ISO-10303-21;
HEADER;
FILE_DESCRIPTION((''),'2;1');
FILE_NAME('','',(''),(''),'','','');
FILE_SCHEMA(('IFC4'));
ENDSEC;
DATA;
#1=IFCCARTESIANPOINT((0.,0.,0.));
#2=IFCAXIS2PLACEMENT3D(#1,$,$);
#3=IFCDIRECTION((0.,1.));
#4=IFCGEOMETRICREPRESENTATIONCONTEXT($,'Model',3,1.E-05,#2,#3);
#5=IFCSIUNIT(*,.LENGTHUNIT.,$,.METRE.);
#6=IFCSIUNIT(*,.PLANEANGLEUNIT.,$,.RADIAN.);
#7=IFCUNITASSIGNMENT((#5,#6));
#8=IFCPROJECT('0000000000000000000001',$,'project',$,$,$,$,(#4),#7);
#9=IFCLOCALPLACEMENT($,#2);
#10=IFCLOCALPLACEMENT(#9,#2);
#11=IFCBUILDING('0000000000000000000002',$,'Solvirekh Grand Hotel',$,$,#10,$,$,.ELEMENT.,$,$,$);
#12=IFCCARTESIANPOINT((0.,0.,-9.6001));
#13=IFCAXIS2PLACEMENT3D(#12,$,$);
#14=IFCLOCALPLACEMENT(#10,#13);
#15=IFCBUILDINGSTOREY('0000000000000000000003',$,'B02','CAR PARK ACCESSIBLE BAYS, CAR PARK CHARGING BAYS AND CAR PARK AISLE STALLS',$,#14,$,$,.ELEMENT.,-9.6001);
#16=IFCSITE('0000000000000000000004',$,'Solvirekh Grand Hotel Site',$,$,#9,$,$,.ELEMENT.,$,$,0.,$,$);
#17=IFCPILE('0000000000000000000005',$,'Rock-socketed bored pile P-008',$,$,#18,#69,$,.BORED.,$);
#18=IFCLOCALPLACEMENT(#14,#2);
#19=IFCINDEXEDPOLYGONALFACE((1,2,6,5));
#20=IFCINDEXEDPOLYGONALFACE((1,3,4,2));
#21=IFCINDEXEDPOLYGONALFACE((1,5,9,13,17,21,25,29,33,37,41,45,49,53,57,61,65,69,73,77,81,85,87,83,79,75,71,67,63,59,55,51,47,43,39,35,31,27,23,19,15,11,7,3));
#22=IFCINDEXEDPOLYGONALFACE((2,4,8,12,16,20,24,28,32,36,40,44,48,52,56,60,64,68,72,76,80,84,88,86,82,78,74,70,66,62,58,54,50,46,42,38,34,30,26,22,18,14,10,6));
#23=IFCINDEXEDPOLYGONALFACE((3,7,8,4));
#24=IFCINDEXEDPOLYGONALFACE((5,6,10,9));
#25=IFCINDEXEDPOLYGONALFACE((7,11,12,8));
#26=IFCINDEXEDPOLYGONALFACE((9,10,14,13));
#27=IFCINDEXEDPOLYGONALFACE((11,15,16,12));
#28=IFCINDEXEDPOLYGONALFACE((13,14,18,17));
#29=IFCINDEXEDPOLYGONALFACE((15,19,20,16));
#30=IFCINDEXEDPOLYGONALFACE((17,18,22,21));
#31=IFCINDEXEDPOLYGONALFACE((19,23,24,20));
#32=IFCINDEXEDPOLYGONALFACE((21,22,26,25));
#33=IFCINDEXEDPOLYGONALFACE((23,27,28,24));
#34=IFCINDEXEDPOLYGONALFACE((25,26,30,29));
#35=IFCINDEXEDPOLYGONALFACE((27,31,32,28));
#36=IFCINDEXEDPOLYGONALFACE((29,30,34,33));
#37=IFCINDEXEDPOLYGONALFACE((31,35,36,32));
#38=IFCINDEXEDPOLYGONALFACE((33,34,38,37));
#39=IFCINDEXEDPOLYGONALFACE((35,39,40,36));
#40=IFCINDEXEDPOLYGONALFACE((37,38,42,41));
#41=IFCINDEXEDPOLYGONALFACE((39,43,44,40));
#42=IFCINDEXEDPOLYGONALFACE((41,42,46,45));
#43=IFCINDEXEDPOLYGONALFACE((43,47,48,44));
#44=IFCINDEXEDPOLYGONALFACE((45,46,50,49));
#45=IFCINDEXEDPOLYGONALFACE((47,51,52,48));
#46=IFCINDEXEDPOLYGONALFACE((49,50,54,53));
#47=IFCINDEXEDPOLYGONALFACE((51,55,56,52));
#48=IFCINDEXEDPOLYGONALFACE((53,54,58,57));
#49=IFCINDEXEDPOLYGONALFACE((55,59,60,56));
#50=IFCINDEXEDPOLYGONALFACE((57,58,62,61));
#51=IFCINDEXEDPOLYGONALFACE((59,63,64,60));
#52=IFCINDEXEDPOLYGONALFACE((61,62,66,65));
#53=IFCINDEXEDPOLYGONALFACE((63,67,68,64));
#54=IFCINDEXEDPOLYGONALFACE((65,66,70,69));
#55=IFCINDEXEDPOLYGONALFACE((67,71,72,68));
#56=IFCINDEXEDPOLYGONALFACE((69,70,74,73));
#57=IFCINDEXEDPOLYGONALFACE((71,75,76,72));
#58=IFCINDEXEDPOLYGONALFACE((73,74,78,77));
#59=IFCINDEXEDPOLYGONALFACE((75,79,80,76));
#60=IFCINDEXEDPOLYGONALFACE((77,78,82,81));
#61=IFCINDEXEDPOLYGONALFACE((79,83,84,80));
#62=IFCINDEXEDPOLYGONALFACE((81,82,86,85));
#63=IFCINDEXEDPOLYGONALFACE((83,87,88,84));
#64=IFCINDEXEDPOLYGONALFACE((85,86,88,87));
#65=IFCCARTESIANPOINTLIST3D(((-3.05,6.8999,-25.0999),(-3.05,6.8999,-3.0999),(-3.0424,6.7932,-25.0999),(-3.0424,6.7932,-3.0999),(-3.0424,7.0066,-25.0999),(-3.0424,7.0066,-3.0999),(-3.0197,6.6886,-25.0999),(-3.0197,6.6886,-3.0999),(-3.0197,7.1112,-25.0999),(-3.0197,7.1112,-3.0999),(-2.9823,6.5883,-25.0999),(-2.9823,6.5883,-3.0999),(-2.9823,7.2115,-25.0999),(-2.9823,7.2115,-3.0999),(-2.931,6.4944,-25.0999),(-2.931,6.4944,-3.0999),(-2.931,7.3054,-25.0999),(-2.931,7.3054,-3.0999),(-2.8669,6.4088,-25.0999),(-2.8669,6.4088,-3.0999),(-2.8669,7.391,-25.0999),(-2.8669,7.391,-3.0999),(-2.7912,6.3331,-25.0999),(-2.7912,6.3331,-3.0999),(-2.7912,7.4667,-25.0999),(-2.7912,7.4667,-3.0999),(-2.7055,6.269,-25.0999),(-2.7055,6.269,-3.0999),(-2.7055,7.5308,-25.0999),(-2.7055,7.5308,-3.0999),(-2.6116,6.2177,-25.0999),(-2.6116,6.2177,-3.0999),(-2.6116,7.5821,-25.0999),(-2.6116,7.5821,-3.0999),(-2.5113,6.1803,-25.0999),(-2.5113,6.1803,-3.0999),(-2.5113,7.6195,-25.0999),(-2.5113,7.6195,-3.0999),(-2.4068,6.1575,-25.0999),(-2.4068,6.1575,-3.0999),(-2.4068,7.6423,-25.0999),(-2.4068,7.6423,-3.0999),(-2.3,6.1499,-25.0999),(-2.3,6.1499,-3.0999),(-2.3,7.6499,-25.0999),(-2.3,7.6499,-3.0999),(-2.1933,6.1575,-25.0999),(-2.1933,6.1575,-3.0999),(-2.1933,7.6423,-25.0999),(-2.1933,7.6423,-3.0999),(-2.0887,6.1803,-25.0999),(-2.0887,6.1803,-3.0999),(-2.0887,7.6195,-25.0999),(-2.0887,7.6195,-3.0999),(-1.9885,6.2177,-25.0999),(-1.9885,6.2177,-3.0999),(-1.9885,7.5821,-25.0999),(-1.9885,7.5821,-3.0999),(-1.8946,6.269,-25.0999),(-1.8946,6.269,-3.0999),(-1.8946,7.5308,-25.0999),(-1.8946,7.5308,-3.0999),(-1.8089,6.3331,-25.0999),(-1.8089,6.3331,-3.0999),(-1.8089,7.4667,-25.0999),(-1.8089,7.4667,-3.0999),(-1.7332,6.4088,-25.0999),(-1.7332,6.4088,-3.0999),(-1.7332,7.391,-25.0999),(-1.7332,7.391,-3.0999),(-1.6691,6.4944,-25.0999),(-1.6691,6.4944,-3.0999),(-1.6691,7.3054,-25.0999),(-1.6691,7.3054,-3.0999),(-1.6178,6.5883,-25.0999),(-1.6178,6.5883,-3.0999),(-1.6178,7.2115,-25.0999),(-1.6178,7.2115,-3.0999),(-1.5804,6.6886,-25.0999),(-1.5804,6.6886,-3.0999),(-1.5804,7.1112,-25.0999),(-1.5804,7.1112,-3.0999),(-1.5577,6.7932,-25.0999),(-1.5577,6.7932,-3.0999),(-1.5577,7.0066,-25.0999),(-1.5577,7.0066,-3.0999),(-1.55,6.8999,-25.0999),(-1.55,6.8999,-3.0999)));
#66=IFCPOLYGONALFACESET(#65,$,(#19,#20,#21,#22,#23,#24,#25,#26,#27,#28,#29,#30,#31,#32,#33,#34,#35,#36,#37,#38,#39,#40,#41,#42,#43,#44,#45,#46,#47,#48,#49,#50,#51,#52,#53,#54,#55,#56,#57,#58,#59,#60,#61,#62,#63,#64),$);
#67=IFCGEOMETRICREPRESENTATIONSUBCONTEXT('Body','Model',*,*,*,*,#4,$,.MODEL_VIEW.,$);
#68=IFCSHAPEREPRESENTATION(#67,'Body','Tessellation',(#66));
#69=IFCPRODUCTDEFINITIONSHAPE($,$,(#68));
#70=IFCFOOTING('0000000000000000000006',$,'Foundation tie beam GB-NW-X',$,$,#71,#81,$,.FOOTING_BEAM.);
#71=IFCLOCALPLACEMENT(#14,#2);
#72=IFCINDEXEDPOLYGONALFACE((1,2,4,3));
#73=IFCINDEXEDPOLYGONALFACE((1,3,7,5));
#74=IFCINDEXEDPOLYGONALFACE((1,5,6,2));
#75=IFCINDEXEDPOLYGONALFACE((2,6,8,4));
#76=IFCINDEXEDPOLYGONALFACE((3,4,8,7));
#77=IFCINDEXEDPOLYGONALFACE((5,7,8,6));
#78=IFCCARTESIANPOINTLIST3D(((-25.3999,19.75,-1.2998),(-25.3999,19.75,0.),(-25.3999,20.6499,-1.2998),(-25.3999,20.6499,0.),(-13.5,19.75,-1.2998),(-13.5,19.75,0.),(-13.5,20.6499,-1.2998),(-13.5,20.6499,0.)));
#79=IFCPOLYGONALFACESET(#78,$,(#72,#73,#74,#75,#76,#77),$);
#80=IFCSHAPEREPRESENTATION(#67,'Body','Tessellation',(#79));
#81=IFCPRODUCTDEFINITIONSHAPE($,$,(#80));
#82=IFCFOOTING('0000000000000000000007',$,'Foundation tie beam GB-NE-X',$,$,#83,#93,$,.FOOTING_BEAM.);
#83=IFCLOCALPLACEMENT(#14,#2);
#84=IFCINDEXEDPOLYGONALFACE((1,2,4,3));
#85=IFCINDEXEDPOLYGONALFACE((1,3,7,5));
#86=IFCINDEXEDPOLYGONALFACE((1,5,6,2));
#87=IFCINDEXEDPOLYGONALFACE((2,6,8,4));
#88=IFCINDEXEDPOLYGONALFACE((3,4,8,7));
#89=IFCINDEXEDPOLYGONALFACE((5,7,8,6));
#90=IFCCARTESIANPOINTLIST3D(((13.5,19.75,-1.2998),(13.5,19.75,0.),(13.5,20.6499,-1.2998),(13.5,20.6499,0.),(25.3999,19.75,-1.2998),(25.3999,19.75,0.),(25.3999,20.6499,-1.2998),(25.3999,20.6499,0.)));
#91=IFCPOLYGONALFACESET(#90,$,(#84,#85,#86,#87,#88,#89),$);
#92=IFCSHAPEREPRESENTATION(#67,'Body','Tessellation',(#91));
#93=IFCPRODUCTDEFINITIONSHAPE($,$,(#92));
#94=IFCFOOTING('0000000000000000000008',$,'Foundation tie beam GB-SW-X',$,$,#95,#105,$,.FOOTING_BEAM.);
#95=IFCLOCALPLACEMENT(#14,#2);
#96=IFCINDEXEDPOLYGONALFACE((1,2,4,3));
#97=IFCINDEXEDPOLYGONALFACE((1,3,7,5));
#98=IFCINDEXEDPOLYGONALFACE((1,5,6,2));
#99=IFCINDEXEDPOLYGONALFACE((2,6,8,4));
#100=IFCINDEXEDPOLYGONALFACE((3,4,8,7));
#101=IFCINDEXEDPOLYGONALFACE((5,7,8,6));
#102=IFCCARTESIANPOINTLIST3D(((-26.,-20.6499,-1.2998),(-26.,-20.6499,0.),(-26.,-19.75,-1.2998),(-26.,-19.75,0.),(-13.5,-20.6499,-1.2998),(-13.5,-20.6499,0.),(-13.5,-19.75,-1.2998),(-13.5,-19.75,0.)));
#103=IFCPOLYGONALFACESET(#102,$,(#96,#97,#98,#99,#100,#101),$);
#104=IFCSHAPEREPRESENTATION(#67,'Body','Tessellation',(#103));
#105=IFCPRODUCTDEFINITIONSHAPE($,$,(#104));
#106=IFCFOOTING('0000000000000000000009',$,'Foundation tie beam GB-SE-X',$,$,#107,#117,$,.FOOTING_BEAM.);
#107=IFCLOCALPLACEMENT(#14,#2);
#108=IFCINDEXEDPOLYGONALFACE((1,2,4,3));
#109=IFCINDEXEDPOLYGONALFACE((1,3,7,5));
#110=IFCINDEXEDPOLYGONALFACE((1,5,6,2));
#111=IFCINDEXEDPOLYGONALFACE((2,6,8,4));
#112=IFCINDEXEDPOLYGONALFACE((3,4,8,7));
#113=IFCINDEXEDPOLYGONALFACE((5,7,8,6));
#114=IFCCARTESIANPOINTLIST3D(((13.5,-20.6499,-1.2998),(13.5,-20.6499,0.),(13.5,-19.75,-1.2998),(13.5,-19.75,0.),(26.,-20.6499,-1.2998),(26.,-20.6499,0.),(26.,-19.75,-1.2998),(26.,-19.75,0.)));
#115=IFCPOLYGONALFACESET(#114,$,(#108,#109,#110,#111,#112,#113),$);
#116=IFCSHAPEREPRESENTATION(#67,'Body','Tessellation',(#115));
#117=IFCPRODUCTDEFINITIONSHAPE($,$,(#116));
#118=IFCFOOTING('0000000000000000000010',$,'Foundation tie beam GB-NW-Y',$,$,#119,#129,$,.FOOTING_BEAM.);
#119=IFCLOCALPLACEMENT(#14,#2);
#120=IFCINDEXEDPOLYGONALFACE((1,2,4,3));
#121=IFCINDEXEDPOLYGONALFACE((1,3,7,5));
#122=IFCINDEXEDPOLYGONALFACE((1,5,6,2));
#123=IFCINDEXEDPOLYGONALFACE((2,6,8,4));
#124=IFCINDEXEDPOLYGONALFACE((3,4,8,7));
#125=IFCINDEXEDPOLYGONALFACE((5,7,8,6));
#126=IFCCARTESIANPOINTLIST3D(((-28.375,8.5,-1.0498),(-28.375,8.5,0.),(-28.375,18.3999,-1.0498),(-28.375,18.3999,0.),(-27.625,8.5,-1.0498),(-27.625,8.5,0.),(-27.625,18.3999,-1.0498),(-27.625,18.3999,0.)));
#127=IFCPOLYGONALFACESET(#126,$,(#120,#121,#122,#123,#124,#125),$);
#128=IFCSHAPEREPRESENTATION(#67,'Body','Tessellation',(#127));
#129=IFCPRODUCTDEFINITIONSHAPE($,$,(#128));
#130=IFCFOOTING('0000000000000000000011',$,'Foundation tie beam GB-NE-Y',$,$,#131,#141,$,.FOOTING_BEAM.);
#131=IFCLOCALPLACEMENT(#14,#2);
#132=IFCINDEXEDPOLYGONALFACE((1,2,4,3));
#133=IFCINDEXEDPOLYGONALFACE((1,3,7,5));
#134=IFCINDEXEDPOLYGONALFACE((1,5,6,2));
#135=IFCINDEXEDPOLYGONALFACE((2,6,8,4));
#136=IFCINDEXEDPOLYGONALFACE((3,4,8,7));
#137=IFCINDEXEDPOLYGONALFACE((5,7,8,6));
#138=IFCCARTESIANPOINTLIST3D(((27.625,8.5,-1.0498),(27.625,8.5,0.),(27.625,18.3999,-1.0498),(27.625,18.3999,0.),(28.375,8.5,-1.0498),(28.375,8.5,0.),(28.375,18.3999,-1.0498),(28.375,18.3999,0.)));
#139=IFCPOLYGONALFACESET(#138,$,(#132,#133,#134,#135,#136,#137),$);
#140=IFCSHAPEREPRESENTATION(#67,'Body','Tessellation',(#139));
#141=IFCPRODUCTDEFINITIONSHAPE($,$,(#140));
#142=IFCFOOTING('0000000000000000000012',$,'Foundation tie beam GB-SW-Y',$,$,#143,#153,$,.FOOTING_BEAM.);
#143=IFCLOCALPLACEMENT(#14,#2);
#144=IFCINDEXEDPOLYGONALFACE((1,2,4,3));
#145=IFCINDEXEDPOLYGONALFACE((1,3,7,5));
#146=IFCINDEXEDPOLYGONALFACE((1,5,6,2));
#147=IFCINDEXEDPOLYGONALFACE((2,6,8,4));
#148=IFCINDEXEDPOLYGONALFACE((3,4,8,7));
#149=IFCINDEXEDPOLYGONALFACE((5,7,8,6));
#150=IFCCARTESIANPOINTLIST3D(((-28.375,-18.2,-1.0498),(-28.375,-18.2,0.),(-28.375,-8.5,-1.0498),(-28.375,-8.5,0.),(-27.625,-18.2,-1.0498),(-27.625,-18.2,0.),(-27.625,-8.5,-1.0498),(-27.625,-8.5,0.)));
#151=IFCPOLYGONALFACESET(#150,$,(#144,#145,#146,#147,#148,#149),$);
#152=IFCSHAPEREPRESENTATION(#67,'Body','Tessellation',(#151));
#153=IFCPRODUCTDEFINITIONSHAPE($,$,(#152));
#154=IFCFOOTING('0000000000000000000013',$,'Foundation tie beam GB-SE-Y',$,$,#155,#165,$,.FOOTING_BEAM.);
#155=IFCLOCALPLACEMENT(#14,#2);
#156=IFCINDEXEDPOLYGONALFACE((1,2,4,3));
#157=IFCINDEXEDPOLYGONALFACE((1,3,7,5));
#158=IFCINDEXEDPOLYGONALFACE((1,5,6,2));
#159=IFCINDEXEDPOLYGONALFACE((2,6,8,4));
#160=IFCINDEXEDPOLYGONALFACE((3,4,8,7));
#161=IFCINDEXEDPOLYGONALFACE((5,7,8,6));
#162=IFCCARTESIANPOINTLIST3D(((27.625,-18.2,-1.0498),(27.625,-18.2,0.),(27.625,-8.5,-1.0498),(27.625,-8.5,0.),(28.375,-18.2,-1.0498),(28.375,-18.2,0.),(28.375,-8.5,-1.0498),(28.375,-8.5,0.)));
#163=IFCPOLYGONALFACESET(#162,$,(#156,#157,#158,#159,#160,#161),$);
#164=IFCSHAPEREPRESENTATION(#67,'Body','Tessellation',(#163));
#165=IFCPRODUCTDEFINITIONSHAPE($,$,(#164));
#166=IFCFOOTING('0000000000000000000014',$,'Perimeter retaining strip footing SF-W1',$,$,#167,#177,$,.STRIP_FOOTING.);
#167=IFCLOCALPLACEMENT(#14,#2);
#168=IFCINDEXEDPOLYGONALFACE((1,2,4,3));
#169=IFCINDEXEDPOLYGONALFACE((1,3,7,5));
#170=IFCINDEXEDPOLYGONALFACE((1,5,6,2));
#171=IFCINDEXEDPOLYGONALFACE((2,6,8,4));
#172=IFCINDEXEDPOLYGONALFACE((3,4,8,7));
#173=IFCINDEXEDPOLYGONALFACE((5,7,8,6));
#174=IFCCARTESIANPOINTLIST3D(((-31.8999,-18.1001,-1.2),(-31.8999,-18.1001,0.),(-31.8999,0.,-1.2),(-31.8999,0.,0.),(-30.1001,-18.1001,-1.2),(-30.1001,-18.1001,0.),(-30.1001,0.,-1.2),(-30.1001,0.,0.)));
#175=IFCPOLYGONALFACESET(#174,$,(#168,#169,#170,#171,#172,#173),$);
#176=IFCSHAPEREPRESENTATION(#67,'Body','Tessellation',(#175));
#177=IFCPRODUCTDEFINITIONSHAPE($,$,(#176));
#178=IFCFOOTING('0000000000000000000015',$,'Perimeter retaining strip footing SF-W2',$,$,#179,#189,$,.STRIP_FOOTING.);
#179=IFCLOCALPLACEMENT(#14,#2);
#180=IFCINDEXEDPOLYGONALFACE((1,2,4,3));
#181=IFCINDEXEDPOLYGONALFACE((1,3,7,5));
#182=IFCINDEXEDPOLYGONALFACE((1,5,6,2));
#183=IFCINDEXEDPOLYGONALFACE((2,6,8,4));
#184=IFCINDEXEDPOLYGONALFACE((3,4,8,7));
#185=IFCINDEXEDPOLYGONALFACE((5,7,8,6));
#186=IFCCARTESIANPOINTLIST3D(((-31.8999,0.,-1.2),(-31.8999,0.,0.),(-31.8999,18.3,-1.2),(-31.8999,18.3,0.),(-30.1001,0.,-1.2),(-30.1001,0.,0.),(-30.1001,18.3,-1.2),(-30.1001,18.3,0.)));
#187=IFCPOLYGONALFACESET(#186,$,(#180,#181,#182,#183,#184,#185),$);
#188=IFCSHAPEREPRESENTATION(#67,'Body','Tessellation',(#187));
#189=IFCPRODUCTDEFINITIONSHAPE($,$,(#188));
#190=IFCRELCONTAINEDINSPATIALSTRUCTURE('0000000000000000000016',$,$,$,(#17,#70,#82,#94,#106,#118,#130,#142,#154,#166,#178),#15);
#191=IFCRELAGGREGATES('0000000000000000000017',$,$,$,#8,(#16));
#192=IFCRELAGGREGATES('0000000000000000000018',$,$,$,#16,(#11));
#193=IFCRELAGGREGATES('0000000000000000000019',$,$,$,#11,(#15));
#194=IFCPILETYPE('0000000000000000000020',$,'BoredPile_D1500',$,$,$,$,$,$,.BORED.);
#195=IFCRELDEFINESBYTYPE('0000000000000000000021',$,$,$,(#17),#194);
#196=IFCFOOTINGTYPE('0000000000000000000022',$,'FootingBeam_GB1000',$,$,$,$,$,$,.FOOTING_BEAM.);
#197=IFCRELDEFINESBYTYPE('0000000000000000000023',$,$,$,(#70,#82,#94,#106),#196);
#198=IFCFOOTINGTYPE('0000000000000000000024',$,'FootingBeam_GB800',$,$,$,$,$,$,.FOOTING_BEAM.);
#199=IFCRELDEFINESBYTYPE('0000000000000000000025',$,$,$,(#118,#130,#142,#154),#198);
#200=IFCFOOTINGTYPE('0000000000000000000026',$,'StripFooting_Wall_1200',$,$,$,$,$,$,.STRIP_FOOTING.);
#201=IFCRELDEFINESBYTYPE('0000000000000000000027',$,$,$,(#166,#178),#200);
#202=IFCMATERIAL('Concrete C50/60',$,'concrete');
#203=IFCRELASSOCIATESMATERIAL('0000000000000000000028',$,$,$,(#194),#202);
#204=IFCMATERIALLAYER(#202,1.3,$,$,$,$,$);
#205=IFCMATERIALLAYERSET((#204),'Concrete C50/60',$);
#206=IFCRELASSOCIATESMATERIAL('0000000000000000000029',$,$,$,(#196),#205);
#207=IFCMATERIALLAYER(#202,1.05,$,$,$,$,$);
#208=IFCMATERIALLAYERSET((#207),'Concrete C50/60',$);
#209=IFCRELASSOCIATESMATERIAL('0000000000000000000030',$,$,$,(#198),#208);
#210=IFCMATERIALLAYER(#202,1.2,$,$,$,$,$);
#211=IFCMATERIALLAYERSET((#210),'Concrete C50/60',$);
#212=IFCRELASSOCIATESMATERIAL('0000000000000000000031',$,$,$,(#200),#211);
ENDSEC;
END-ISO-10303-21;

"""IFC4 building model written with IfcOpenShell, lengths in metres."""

from ifc_helpers import new_model, si_unit, direction, frame, origin, origin_2d, place, context, subcontext, project, spatial, polyline, circle, outline, extrude, material, layer, layer_set, material_profile, profile_set, type_object, element, save


model = new_model("IFC4")

# Units and contexts
model_context = context("Model", 3, precision=1e-05, world=origin(), true_north=direction((0.0, 1.0)))
body_context = subcontext(model_context, "Body", "Model", "MODEL_VIEW")
ifc_project = project(units=[si_unit("LENGTHUNIT", "METRE"), si_unit("PLANEANGLEUNIT", "RADIAN")], contexts=[model_context])

# Site, building, storey
site_placement = place(None, origin())
site = spatial("IfcSite", under=ifc_project, at=site_placement, Name="Solvirekh Grand Hotel Site", CompositionType="ELEMENT", RefElevation=0.0)
building_placement = place(site_placement, origin())
building = spatial("IfcBuilding", under=site, at=building_placement, Name="Solvirekh Grand Hotel", CompositionType="ELEMENT")
storey_placement = place(building_placement, frame((0.0, 0.0, -9.6001)))
storey = spatial("IfcBuildingStorey", under=building, at=storey_placement, Name="B02", Description="CAR PARK ACCESSIBLE BAYS, CAR PARK CHARGING BAYS AND CAR PARK AISLE STALLS", CompositionType="ELEMENT", Elevation=-9.6001)

# Pile
ifc_material_1 = material(Name="Concrete C50/60", Category="concrete")
ifc_material_profile_1 = material_profile(ifc_material_1, circle(Radius=0.75, at=origin_2d()), Name="BORED PILE D1500")
ifc_profile_set_1 = profile_set([ifc_material_profile_1], Name="Concrete C50/60")
pile_type_1 = type_object("IfcPileType", Name="BoredPile_D1500", PredefinedType="BORED", material=ifc_profile_set_1)
for number, where, z_axis, x_axis, name in (
    (1, (-2.3, 6.8999, -3.0999), (0.0, 0.0, -1.0), (1.0, 0.0, 0.0), "Rock-socketed bored pile P-008"),
):
    element("IfcPile", number, at=place(storey_placement, frame(where, z_axis=z_axis, x_axis=x_axis)), inside=storey, type_object=pile_type_1, Name=name, PredefinedType="BORED", context=body_context, shape_type="SweptSolid", body=[
        extrude(circle(Radius=0.75, at=origin_2d()), origin(), (0.0, 0.0, 1.0), 22.0),
    ])

# Footings
ifc_layer_1 = layer(ifc_material_1, 1.3)
ifc_layer_set_1 = layer_set([ifc_layer_1], Name="Concrete C50/60")
footing_type_1 = type_object("IfcFootingType", Name="FootingBeam_GB1000", PredefinedType="FOOTING_BEAM", material=ifc_layer_set_1)
footing_1_placement = place(storey_placement, frame((0.0, 0.0, -1.2998)))
element("IfcFooting", 2, at=footing_1_placement, inside=storey, type_object=footing_type_1, Name="Foundation tie beam GB-NW-X", PredefinedType="FOOTING_BEAM", context=body_context, shape_type="SweptSolid", body=[
    extrude(outline(polyline([(-25.3999, 19.75), (-13.5, 19.75), (-13.5, 20.6499), (-25.3999, 20.6499), (-25.3999, 19.75)])), origin(), (0.0, 0.0, 1.0), 1.2998),
])
footing_2_placement = place(storey_placement, frame((0.0, 0.0, -1.2998)))
element("IfcFooting", 3, at=footing_2_placement, inside=storey, type_object=footing_type_1, Name="Foundation tie beam GB-NE-X", PredefinedType="FOOTING_BEAM", context=body_context, shape_type="SweptSolid", body=[
    extrude(outline(polyline([(13.5, 19.75), (25.3999, 19.75), (25.3999, 20.6499), (13.5, 20.6499), (13.5, 19.75)])), origin(), (0.0, 0.0, 1.0), 1.2998),
])
footing_3_placement = place(storey_placement, frame((0.0, 0.0, -1.2998)))
element("IfcFooting", 4, at=footing_3_placement, inside=storey, type_object=footing_type_1, Name="Foundation tie beam GB-SW-X", PredefinedType="FOOTING_BEAM", context=body_context, shape_type="SweptSolid", body=[
    extrude(outline(polyline([(-26.0, -20.6499), (-13.5, -20.6499), (-13.5, -19.75), (-26.0, -19.75), (-26.0, -20.6499)])), origin(), (0.0, 0.0, 1.0), 1.2998),
])
footing_4_placement = place(storey_placement, frame((0.0, 0.0, -1.2998)))
element("IfcFooting", 5, at=footing_4_placement, inside=storey, type_object=footing_type_1, Name="Foundation tie beam GB-SE-X", PredefinedType="FOOTING_BEAM", context=body_context, shape_type="SweptSolid", body=[
    extrude(outline(polyline([(13.5, -20.6499), (26.0, -20.6499), (26.0, -19.75), (13.5, -19.75), (13.5, -20.6499)])), origin(), (0.0, 0.0, 1.0), 1.2998),
])
ifc_layer_2 = layer(ifc_material_1, 1.05)
ifc_layer_set_2 = layer_set([ifc_layer_2], Name="Concrete C50/60")
footing_type_2 = type_object("IfcFootingType", Name="FootingBeam_GB800", PredefinedType="FOOTING_BEAM", material=ifc_layer_set_2)
footing_5_placement = place(storey_placement, frame((0.0, 0.0, -1.0498)))
element("IfcFooting", 6, at=footing_5_placement, inside=storey, type_object=footing_type_2, Name="Foundation tie beam GB-NW-Y", PredefinedType="FOOTING_BEAM", context=body_context, shape_type="SweptSolid", body=[
    extrude(outline(polyline([(-28.375, 8.5), (-27.625, 8.5), (-27.625, 18.3999), (-28.375, 18.3999), (-28.375, 8.5)])), origin(), (0.0, 0.0, 1.0), 1.0498),
])
footing_6_placement = place(storey_placement, frame((0.0, 0.0, -1.0498)))
element("IfcFooting", 7, at=footing_6_placement, inside=storey, type_object=footing_type_2, Name="Foundation tie beam GB-NE-Y", PredefinedType="FOOTING_BEAM", context=body_context, shape_type="SweptSolid", body=[
    extrude(outline(polyline([(27.625, 8.5), (28.375, 8.5), (28.375, 18.3999), (27.625, 18.3999), (27.625, 8.5)])), origin(), (0.0, 0.0, 1.0), 1.0498),
])
footing_7_placement = place(storey_placement, frame((0.0, 0.0, -1.0498)))
element("IfcFooting", 8, at=footing_7_placement, inside=storey, type_object=footing_type_2, Name="Foundation tie beam GB-SW-Y", PredefinedType="FOOTING_BEAM", context=body_context, shape_type="SweptSolid", body=[
    extrude(outline(polyline([(-28.375, -18.2), (-27.625, -18.2), (-27.625, -8.5), (-28.375, -8.5), (-28.375, -18.2)])), origin(), (0.0, 0.0, 1.0), 1.0498),
])
footing_8_placement = place(storey_placement, frame((0.0, 0.0, -1.0498)))
element("IfcFooting", 9, at=footing_8_placement, inside=storey, type_object=footing_type_2, Name="Foundation tie beam GB-SE-Y", PredefinedType="FOOTING_BEAM", context=body_context, shape_type="SweptSolid", body=[
    extrude(outline(polyline([(27.625, -18.2), (28.375, -18.2), (28.375, -8.5), (27.625, -8.5), (27.625, -18.2)])), origin(), (0.0, 0.0, 1.0), 1.0498),
])
ifc_layer_3 = layer(ifc_material_1, 1.2)
ifc_layer_set_3 = layer_set([ifc_layer_3], Name="Concrete C50/60")
footing_type_3 = type_object("IfcFootingType", Name="StripFooting_Wall_1200", PredefinedType="STRIP_FOOTING", material=ifc_layer_set_3)
footing_9_placement = place(storey_placement, frame((0.0, 0.0, -1.2)))
element("IfcFooting", 10, at=footing_9_placement, inside=storey, type_object=footing_type_3, Name="Perimeter retaining strip footing SF-W1", PredefinedType="STRIP_FOOTING", context=body_context, shape_type="SweptSolid", body=[
    extrude(outline(polyline([(-31.8999, -18.1001), (-30.1001, -18.1001), (-30.1001, 0.0), (-31.8999, 0.0), (-31.8999, -18.1001)])), origin(), (0.0, 0.0, 1.0), 1.2),
])
footing_10_placement = place(storey_placement, frame((0.0, 0.0, -1.2)))
element("IfcFooting", 11, at=footing_10_placement, inside=storey, type_object=footing_type_3, Name="Perimeter retaining strip footing SF-W2", PredefinedType="STRIP_FOOTING", context=body_context, shape_type="SweptSolid", body=[
    extrude(outline(polyline([(-31.8999, 0.0), (-30.1001, 0.0), (-30.1001, 18.3), (-31.8999, 18.3), (-31.8999, 0.0)])), origin(), (0.0, 0.0, 1.0), 1.2),
])

save(model, "model.ifc")
